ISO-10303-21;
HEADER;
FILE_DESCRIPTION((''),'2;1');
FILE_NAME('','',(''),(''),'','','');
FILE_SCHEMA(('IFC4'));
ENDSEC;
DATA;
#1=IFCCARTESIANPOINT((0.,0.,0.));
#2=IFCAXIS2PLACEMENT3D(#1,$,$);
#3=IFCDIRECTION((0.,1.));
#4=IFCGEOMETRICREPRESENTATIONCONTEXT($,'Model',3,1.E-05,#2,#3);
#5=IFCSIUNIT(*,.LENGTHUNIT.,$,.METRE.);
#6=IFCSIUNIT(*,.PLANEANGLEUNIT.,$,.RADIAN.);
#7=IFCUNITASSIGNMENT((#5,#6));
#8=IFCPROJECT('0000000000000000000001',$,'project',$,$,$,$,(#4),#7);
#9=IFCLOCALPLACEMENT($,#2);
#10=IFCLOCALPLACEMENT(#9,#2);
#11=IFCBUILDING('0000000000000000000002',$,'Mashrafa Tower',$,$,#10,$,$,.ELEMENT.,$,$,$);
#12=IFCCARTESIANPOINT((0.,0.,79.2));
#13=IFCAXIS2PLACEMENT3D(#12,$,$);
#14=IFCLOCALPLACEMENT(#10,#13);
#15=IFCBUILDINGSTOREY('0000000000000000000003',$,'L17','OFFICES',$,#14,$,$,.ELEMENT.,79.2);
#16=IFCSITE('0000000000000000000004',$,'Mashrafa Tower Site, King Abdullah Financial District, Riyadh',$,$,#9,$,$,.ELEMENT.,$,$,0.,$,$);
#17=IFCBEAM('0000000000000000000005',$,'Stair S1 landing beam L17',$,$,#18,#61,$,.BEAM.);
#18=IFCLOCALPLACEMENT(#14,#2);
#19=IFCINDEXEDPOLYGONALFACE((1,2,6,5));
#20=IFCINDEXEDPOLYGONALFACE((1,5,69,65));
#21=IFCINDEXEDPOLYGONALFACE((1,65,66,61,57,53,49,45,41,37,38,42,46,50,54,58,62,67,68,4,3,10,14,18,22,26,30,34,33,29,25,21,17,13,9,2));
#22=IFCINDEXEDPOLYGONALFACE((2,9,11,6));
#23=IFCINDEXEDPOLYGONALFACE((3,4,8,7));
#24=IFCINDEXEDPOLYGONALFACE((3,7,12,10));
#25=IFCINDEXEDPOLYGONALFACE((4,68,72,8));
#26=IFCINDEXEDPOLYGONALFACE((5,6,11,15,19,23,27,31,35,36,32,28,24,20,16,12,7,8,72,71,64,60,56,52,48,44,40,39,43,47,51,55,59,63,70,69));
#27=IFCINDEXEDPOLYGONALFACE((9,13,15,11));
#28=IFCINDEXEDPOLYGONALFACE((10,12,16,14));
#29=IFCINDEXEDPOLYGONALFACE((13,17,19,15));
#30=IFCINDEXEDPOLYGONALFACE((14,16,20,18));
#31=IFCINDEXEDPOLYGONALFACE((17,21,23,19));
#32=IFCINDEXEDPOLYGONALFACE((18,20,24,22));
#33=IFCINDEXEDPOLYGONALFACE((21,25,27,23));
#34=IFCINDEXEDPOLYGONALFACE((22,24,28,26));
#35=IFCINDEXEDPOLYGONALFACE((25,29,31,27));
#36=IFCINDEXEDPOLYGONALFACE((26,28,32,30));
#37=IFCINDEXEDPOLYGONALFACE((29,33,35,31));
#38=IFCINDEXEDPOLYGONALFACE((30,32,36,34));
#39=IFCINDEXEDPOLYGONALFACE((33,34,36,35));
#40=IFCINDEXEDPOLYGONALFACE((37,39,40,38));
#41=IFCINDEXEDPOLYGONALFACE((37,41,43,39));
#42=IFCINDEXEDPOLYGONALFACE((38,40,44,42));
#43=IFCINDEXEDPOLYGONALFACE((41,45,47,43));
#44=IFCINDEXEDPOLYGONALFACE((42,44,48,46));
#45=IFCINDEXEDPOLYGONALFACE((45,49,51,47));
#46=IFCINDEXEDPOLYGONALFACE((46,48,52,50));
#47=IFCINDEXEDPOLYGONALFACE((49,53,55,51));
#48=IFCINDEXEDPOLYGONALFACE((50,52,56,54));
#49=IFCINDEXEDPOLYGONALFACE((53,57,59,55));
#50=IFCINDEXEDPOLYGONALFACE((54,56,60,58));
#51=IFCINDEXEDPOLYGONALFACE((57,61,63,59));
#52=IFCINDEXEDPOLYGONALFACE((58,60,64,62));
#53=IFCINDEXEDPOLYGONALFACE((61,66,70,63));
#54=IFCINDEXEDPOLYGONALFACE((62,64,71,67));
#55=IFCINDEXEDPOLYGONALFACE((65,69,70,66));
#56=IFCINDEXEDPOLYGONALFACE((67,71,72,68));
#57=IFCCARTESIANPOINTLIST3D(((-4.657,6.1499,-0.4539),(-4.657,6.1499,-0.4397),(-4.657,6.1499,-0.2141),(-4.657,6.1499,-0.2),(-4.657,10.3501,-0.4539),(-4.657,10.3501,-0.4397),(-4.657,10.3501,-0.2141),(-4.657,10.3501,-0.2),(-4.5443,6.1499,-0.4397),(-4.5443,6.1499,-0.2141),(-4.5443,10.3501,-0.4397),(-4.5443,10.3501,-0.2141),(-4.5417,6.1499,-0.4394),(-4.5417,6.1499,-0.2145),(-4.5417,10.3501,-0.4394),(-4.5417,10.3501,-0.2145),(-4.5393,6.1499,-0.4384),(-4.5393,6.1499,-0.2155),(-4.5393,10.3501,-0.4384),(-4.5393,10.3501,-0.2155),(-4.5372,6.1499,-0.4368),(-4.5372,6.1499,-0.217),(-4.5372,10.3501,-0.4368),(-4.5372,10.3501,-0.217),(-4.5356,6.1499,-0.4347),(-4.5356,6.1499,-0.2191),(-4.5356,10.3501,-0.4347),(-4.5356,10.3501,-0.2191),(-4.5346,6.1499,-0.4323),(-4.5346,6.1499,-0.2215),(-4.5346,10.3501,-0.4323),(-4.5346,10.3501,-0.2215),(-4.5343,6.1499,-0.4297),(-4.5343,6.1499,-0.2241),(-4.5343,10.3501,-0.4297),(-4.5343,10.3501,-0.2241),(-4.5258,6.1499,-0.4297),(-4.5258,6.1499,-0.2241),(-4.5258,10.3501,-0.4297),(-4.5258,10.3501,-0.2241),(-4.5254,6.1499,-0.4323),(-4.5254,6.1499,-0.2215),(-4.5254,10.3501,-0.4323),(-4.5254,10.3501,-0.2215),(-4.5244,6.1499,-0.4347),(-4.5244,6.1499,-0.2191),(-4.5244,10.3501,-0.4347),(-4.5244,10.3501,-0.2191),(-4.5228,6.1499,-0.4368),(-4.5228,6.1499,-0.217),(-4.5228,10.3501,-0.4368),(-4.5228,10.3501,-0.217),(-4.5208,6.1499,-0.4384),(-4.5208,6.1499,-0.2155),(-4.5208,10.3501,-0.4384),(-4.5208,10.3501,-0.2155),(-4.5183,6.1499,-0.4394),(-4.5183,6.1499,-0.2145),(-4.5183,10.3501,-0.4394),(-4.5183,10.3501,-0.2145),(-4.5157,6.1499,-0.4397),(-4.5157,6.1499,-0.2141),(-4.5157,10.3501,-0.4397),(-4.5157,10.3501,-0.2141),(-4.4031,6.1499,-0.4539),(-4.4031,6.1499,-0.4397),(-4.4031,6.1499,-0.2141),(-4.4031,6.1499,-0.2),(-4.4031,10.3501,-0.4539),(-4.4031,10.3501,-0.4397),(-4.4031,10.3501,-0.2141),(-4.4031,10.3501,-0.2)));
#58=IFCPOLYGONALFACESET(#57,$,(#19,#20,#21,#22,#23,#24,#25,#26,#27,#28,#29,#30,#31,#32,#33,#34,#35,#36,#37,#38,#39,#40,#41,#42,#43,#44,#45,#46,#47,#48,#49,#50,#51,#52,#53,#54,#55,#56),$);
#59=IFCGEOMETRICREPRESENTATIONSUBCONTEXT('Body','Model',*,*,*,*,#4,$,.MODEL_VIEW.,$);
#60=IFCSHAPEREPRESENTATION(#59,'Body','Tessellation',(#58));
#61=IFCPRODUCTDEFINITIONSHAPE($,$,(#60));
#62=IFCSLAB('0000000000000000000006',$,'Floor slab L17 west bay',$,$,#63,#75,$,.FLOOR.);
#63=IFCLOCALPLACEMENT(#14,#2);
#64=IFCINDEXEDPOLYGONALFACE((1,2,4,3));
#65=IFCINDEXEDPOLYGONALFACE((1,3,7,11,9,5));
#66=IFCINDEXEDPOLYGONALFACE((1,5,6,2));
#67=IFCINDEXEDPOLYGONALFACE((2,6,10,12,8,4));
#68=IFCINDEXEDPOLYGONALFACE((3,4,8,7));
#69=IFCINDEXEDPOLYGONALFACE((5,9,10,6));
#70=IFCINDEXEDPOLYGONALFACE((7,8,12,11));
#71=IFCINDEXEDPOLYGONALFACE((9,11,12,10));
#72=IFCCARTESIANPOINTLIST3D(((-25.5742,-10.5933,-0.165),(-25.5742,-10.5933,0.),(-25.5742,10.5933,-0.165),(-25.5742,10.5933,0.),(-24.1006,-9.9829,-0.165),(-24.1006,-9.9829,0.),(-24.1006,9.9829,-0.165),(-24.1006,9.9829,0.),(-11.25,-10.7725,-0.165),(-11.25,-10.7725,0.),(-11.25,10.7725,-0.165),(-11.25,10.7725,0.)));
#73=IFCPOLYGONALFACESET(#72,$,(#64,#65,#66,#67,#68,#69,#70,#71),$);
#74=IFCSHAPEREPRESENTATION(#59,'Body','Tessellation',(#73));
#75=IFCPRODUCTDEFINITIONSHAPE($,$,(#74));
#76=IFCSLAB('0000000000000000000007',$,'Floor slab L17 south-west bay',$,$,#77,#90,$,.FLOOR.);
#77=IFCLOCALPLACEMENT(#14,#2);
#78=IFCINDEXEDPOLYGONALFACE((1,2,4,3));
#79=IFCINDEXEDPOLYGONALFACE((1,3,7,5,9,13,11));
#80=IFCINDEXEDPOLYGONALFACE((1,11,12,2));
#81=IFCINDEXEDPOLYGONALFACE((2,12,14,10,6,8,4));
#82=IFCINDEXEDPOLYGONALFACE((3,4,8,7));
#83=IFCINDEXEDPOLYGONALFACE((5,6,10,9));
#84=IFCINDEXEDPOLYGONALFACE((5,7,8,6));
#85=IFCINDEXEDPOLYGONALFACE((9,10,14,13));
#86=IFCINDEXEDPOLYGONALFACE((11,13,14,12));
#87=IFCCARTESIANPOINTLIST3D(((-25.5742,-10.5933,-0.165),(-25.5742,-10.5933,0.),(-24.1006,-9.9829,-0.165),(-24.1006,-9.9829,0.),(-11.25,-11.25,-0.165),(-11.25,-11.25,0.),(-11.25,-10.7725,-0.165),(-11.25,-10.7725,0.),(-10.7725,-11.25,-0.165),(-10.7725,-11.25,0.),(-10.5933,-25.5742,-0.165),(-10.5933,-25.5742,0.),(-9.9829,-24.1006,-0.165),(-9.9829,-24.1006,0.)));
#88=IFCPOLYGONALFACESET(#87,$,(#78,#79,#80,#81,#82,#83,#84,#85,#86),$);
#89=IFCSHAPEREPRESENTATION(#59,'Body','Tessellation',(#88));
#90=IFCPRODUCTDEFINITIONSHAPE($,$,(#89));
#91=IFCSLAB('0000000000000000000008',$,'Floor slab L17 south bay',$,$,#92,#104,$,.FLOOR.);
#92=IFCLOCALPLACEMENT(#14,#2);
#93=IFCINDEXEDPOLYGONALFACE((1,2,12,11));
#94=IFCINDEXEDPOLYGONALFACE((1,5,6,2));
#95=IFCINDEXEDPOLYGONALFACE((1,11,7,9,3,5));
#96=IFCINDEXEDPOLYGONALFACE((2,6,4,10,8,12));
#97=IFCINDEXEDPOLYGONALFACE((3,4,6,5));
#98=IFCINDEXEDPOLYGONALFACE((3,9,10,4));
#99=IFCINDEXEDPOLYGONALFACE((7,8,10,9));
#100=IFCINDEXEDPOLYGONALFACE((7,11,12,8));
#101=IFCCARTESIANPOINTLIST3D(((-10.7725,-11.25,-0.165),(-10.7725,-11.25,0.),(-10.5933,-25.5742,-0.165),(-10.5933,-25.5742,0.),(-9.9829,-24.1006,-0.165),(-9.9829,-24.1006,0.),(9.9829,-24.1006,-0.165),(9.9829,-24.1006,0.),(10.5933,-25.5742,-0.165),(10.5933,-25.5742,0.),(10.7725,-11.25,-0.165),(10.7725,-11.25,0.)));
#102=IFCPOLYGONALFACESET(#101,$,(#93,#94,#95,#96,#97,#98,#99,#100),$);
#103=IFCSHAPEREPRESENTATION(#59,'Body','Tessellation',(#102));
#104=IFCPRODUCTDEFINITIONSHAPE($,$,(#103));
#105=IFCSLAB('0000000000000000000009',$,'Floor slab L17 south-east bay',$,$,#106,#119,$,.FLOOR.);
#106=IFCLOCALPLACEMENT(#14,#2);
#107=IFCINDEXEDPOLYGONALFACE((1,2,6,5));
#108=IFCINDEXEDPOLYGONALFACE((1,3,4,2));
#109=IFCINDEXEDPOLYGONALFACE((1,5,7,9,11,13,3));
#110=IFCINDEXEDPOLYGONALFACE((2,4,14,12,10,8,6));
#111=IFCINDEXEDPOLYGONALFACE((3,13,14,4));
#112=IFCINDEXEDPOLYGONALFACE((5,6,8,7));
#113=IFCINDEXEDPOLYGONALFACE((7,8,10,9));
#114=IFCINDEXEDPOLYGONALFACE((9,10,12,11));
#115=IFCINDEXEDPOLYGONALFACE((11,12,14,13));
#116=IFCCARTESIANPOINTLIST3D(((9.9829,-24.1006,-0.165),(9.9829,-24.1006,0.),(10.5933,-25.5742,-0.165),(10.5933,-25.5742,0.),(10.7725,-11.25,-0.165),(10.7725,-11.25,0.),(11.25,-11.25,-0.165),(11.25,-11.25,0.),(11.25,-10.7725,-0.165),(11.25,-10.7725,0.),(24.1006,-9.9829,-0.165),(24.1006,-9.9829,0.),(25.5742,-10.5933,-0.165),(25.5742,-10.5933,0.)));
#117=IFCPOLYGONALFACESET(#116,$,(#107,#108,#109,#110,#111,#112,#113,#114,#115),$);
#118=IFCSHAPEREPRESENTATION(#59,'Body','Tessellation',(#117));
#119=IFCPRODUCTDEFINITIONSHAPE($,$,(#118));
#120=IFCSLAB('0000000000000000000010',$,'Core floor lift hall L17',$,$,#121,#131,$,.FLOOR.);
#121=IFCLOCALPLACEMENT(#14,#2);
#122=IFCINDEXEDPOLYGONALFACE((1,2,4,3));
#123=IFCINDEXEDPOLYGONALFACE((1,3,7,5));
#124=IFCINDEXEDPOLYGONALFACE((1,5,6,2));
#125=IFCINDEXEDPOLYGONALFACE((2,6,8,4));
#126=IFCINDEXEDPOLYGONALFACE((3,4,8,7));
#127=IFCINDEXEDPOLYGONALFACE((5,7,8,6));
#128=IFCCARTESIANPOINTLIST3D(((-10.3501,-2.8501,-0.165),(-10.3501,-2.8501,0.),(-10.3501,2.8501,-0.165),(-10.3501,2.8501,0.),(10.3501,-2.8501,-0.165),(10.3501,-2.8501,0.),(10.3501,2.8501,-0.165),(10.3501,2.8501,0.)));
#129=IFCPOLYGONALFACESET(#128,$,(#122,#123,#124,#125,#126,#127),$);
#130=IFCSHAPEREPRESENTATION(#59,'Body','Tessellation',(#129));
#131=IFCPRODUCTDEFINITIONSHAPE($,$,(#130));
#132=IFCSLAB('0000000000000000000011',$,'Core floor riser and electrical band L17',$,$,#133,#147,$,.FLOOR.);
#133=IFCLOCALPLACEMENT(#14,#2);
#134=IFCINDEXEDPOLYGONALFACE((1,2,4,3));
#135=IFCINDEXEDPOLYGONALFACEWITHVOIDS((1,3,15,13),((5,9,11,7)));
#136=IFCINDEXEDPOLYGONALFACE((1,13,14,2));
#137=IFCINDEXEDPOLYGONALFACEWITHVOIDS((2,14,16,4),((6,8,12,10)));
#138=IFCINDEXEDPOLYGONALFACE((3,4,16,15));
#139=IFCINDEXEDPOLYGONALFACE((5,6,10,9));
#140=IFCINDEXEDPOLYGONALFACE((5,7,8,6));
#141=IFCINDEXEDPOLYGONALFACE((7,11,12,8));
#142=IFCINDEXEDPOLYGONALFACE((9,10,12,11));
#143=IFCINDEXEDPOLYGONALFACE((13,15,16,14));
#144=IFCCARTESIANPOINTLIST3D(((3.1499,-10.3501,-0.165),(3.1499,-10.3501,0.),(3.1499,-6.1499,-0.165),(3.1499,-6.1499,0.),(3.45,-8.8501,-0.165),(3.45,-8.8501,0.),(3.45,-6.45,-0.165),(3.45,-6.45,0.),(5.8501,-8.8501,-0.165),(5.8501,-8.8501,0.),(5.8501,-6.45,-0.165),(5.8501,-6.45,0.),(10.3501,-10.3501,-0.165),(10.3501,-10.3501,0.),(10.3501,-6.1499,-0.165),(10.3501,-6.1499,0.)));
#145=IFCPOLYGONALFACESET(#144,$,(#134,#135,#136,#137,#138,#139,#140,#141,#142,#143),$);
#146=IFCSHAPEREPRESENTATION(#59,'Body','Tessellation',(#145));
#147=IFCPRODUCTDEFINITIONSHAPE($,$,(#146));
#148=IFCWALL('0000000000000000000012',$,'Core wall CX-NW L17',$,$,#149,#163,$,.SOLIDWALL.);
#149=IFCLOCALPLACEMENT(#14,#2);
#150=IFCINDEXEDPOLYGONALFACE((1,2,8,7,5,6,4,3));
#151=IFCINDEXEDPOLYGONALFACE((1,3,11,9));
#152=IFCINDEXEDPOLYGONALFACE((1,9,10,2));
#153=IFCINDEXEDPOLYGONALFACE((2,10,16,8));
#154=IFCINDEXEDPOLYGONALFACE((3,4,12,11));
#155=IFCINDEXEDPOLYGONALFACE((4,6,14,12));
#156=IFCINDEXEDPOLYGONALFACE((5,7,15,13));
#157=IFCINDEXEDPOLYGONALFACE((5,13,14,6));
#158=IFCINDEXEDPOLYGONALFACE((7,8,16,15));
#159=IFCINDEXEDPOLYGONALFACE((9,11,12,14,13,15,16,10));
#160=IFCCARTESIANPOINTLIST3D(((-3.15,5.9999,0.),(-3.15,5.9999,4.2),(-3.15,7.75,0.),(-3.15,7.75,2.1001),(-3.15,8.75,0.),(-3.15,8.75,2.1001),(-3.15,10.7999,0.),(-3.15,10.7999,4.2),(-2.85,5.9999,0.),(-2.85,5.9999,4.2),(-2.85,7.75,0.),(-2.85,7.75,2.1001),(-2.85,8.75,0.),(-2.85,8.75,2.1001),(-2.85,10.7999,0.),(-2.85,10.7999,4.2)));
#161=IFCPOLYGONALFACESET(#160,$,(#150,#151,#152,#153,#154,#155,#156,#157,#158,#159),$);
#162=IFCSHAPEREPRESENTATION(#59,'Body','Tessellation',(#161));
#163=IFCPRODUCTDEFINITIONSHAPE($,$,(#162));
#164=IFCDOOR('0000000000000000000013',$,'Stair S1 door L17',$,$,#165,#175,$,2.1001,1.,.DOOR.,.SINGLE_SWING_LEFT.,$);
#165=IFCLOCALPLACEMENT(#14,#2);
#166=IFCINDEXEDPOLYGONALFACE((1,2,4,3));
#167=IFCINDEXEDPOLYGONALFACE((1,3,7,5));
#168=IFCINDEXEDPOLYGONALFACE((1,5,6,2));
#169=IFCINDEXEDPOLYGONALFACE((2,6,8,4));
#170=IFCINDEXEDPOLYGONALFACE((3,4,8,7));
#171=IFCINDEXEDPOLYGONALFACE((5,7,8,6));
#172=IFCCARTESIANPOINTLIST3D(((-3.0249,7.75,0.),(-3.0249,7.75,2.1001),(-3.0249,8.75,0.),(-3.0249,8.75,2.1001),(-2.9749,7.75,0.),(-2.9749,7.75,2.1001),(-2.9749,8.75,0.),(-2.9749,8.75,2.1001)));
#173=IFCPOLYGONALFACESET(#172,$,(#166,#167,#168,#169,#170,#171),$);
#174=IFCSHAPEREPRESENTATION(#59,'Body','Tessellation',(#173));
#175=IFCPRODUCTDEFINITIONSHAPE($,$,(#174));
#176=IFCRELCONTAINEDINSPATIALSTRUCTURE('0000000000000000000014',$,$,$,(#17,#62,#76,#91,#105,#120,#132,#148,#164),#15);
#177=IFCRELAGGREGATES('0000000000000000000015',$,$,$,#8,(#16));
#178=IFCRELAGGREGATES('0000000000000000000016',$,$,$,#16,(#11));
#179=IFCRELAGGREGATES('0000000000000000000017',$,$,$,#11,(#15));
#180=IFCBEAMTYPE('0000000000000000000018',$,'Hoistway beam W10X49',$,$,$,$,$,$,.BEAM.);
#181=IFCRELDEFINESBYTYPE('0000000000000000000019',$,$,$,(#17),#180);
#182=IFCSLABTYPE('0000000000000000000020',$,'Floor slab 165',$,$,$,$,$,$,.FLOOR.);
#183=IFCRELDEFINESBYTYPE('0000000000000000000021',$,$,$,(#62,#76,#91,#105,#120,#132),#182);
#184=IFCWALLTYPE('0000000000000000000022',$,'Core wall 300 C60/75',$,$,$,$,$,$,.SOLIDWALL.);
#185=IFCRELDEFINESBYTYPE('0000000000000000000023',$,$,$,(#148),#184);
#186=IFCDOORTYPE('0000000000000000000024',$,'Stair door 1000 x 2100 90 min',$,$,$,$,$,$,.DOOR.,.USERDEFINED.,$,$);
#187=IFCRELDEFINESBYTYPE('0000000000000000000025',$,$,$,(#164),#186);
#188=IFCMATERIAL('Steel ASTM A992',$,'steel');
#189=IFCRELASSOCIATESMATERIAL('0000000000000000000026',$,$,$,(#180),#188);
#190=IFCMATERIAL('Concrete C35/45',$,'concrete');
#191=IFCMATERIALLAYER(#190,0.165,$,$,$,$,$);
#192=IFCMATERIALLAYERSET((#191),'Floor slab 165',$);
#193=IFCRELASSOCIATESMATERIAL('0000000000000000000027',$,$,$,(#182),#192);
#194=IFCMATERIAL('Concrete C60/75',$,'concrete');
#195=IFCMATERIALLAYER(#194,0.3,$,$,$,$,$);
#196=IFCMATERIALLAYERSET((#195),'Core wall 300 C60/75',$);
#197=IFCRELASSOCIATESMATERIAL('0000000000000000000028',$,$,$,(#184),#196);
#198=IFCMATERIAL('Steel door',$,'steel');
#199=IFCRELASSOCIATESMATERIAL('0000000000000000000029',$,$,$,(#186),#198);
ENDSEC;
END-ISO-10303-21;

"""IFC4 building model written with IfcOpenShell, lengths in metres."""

from ifc_helpers import new_model, si_unit, direction, frame, frame_2d, origin, origin_2d, place, context, subcontext, project, spatial, polyline, rectangle, i_section, outline, extrude, material, layer, layer_set, material_profile, profile_set, type_object, element, fill, save


model = new_model("IFC4")

# Units and contexts
model_context = context("Model", 3, precision=1e-05, world=origin(), true_north=direction((0.0, 1.0)))
body_context = subcontext(model_context, "Body", "Model", "MODEL_VIEW")
ifc_project = project(units=[si_unit("LENGTHUNIT", "METRE"), si_unit("PLANEANGLEUNIT", "RADIAN")], contexts=[model_context])

# Site, building, storey
site_placement = place(None, origin())
site = spatial("IfcSite", under=ifc_project, at=site_placement, Name="Mashrafa Tower Site, King Abdullah Financial District, Riyadh", CompositionType="ELEMENT", RefElevation=0.0)
building_placement = place(site_placement, origin())
building = spatial("IfcBuilding", under=site, at=building_placement, Name="Mashrafa Tower", CompositionType="ELEMENT")
storey_placement = place(building_placement, frame((0.0, 0.0, 79.2)))
storey = spatial("IfcBuildingStorey", under=building, at=storey_placement, Name="L17", Description="OFFICES", CompositionType="ELEMENT", Elevation=79.2)

# Beam
ifc_material_1 = material(Name="Steel ASTM A992", Category="steel")
ifc_material_profile = material_profile(ifc_material_1, i_section(OverallWidth=0.2539, OverallDepth=0.2539, WebThickness=0.0085, FlangeThickness=0.0142, FilletRadius=0.01, at=origin_2d()), Name="W10X49")
ifc_profile_set = profile_set([ifc_material_profile], Name="Steel ASTM A992")
beam_type = type_object("IfcBeamType", Name="Hoistway beam W10X49", PredefinedType="BEAM", material=ifc_profile_set)
beam_placement = place(storey_placement, frame((-4.53, 6.1499, -0.3269), z_axis=(0.0, 1.0, 0.0), x_axis=(-1.0, 0.0, 0.0)))
element("IfcBeam", 1, at=beam_placement, inside=storey, type_object=beam_type, Name="Stair S1 landing beam L17", PredefinedType="BEAM", context=body_context, shape_type="SweptSolid", body=[
    extrude(i_section(OverallWidth=0.2539, OverallDepth=0.2539, WebThickness=0.0085, FlangeThickness=0.0142, FilletRadius=0.01, at=origin_2d()), origin(), (0.0, 0.0, 1.0), 4.2002),
])

# Slabs
ifc_material_2 = material(Name="Concrete C35/45", Category="concrete")
ifc_layer_1 = layer(ifc_material_2, 0.165)
ifc_layer_set_1 = layer_set([ifc_layer_1], Name="Floor slab 165")
slab_type = type_object("IfcSlabType", Name="Floor slab 165", PredefinedType="FLOOR", material=ifc_layer_set_1)
slab_1_placement = place(storey_placement, frame((0.0, 0.0, -0.165)))
element("IfcSlab", 2, at=slab_1_placement, inside=storey, type_object=slab_type, Name="Floor slab L17 west bay", PredefinedType="FLOOR", context=body_context, shape_type="SweptSolid", body=[
    extrude(outline(polyline([(-25.5742, 10.5933), (-24.1006, 9.9829), (-11.25, 10.7725), (-11.25, -10.7725), (-24.1006, -9.9829), (-25.5742, -10.5933), (-25.5742, 10.5933)])), origin(), (0.0, 0.0, 1.0), 0.165),
])
slab_2_placement = place(storey_placement, frame((0.0, 0.0, -0.165)))
element("IfcSlab", 3, at=slab_2_placement, inside=storey, type_object=slab_type, Name="Floor slab L17 south-west bay", PredefinedType="FLOOR", context=body_context, shape_type="SweptSolid", body=[
    extrude(outline(polyline([(-10.5933, -25.5742), (-25.5742, -10.5933), (-25.5742, -10.5933), (-24.1006, -9.9829), (-11.25, -10.7725), (-11.25, -11.25), (-10.7725, -11.25), (-9.9829, -24.1006), (-10.5933, -25.5742), (-10.5933, -25.5742)])), origin(), (0.0, 0.0, 1.0), 0.165),
])
slab_3_placement = place(storey_placement, frame((0.0, 0.0, -0.165)))
element("IfcSlab", 4, at=slab_3_placement, inside=storey, type_object=slab_type, Name="Floor slab L17 south bay", PredefinedType="FLOOR", context=body_context, shape_type="SweptSolid", body=[
    extrude(outline(polyline([(-10.5933, -25.5742), (-9.9829, -24.1006), (-10.7725, -11.25), (10.7725, -11.25), (9.9829, -24.1006), (10.5933, -25.5742), (-10.5933, -25.5742)])), origin(), (0.0, 0.0, 1.0), 0.165),
])
slab_4_placement = place(storey_placement, frame((0.0, 0.0, -0.165)))
element("IfcSlab", 5, at=slab_4_placement, inside=storey, type_object=slab_type, Name="Floor slab L17 south-east bay", PredefinedType="FLOOR", context=body_context, shape_type="SweptSolid", body=[
    extrude(outline(polyline([(10.5933, -25.5742), (9.9829, -24.1006), (10.7725, -11.25), (11.25, -11.25), (11.25, -10.7725), (24.1006, -9.9829), (25.5742, -10.5933), (25.5742, -10.5933), (10.5933, -25.5742), (10.5933, -25.5742)])), origin(), (0.0, 0.0, 1.0), 0.165),
])
slab_5_placement = place(storey_placement, frame((0.0, 0.0, -0.165)))
element("IfcSlab", 6, at=slab_5_placement, inside=storey, type_object=slab_type, Name="Core floor lift hall L17", PredefinedType="FLOOR", context=body_context, shape_type="SweptSolid", body=[
    extrude(outline(polyline([(-10.3501, 2.8501), (10.3501, 2.8501), (10.3501, -2.8501), (-10.3501, -2.8501), (-10.3501, 2.8501)])), origin(), (0.0, 0.0, 1.0), 0.165),
])
slab_6_placement = place(storey_placement, frame((0.0, 0.0, -0.165)))
element("IfcSlab", 7, at=slab_6_placement, inside=storey, type_object=slab_type, Name="Core floor riser and electrical band L17", PredefinedType="FLOOR", context=body_context, shape_type="SweptSolid", body=[
    extrude(outline(polyline([(10.3501, -6.1499), (10.3501, -10.3501), (3.1499, -10.3501), (3.1499, -6.1499), (10.3501, -6.1499)]), holes=[polyline([(3.45, -8.8501), (5.8501, -8.8501), (5.8501, -6.45), (3.45, -6.45), (3.45, -8.8501)])]), origin(), (0.0, 0.0, 1.0), 0.165),
])

# Wall, opening, door
ifc_material_3 = material(Name="Concrete C60/75", Category="concrete")
ifc_layer_2 = layer(ifc_material_3, 0.3)
ifc_layer_set_2 = layer_set([ifc_layer_2], Name="Core wall 300 C60/75")
wall_type_1 = type_object("IfcWallType", Name="Core wall 300 C60/75", PredefinedType="SOLIDWALL", material=ifc_layer_set_2)
wall_1_placement = place(storey_placement, frame((-3.0, 6.0, 0.0), z_axis=(0.0, 0.0, 1.0), x_axis=(0.0, 1.0, 0.0)))
wall_1 = element("IfcWall", 8, at=wall_1_placement, inside=storey, type_object=wall_type_1, Name="Core wall CX-NW L17", PredefinedType="SOLIDWALL", context=body_context, shape_type="SweptSolid", body=[
    extrude(rectangle(XDim=4.8, YDim=0.3, at=frame_2d((2.3999, 0.0))), origin(), (0.0, 0.0, 1.0), 4.2),
])
opening_placement = place(wall_1_placement, frame((1.75, 0.0, 0.0)))
opening = element("IfcOpeningElement", 9, at=opening_placement, cuts=wall_1, PredefinedType="OPENING", context=body_context, shape_type="SweptSolid", body=[
    extrude(rectangle(XDim=1.0, YDim=2.1001, at=frame_2d((0.5, 1.05))), frame((0.0, 0.1599, 0.0), z_axis=(0.0, -1.0, 0.0), x_axis=(1.0, 0.0, 0.0)), (0.0, 0.0, 1.0), 0.3201),
])
ifc_material_4 = material(Name="Steel door", Category="steel")
door_type = type_object("IfcDoorType", Name="Stair door 1000 x 2100 90 min", OperationType="USERDEFINED", PredefinedType="DOOR", material=ifc_material_4)
door_placement = place(opening_placement, origin())
door = element("IfcDoor", 10, at=door_placement, inside=storey, type_object=door_type, Name="Stair S1 door L17", OperationType="SINGLE_SWING_LEFT", OverallHeight=2.1001, OverallWidth=1.0, PredefinedType="DOOR", context=body_context, shape_type="SweptSolid", body=[
    extrude(rectangle(XDim=1.0, YDim=2.1001, at=frame_2d((0.5, 1.05))), frame((0.0, 0.0249, 0.0), z_axis=(0.0, -1.0, 0.0), x_axis=(1.0, 0.0, 0.0)), (0.0, 0.0, 1.0), 0.05),
])
fill(opening, door)

save(model, "model.ifc")
